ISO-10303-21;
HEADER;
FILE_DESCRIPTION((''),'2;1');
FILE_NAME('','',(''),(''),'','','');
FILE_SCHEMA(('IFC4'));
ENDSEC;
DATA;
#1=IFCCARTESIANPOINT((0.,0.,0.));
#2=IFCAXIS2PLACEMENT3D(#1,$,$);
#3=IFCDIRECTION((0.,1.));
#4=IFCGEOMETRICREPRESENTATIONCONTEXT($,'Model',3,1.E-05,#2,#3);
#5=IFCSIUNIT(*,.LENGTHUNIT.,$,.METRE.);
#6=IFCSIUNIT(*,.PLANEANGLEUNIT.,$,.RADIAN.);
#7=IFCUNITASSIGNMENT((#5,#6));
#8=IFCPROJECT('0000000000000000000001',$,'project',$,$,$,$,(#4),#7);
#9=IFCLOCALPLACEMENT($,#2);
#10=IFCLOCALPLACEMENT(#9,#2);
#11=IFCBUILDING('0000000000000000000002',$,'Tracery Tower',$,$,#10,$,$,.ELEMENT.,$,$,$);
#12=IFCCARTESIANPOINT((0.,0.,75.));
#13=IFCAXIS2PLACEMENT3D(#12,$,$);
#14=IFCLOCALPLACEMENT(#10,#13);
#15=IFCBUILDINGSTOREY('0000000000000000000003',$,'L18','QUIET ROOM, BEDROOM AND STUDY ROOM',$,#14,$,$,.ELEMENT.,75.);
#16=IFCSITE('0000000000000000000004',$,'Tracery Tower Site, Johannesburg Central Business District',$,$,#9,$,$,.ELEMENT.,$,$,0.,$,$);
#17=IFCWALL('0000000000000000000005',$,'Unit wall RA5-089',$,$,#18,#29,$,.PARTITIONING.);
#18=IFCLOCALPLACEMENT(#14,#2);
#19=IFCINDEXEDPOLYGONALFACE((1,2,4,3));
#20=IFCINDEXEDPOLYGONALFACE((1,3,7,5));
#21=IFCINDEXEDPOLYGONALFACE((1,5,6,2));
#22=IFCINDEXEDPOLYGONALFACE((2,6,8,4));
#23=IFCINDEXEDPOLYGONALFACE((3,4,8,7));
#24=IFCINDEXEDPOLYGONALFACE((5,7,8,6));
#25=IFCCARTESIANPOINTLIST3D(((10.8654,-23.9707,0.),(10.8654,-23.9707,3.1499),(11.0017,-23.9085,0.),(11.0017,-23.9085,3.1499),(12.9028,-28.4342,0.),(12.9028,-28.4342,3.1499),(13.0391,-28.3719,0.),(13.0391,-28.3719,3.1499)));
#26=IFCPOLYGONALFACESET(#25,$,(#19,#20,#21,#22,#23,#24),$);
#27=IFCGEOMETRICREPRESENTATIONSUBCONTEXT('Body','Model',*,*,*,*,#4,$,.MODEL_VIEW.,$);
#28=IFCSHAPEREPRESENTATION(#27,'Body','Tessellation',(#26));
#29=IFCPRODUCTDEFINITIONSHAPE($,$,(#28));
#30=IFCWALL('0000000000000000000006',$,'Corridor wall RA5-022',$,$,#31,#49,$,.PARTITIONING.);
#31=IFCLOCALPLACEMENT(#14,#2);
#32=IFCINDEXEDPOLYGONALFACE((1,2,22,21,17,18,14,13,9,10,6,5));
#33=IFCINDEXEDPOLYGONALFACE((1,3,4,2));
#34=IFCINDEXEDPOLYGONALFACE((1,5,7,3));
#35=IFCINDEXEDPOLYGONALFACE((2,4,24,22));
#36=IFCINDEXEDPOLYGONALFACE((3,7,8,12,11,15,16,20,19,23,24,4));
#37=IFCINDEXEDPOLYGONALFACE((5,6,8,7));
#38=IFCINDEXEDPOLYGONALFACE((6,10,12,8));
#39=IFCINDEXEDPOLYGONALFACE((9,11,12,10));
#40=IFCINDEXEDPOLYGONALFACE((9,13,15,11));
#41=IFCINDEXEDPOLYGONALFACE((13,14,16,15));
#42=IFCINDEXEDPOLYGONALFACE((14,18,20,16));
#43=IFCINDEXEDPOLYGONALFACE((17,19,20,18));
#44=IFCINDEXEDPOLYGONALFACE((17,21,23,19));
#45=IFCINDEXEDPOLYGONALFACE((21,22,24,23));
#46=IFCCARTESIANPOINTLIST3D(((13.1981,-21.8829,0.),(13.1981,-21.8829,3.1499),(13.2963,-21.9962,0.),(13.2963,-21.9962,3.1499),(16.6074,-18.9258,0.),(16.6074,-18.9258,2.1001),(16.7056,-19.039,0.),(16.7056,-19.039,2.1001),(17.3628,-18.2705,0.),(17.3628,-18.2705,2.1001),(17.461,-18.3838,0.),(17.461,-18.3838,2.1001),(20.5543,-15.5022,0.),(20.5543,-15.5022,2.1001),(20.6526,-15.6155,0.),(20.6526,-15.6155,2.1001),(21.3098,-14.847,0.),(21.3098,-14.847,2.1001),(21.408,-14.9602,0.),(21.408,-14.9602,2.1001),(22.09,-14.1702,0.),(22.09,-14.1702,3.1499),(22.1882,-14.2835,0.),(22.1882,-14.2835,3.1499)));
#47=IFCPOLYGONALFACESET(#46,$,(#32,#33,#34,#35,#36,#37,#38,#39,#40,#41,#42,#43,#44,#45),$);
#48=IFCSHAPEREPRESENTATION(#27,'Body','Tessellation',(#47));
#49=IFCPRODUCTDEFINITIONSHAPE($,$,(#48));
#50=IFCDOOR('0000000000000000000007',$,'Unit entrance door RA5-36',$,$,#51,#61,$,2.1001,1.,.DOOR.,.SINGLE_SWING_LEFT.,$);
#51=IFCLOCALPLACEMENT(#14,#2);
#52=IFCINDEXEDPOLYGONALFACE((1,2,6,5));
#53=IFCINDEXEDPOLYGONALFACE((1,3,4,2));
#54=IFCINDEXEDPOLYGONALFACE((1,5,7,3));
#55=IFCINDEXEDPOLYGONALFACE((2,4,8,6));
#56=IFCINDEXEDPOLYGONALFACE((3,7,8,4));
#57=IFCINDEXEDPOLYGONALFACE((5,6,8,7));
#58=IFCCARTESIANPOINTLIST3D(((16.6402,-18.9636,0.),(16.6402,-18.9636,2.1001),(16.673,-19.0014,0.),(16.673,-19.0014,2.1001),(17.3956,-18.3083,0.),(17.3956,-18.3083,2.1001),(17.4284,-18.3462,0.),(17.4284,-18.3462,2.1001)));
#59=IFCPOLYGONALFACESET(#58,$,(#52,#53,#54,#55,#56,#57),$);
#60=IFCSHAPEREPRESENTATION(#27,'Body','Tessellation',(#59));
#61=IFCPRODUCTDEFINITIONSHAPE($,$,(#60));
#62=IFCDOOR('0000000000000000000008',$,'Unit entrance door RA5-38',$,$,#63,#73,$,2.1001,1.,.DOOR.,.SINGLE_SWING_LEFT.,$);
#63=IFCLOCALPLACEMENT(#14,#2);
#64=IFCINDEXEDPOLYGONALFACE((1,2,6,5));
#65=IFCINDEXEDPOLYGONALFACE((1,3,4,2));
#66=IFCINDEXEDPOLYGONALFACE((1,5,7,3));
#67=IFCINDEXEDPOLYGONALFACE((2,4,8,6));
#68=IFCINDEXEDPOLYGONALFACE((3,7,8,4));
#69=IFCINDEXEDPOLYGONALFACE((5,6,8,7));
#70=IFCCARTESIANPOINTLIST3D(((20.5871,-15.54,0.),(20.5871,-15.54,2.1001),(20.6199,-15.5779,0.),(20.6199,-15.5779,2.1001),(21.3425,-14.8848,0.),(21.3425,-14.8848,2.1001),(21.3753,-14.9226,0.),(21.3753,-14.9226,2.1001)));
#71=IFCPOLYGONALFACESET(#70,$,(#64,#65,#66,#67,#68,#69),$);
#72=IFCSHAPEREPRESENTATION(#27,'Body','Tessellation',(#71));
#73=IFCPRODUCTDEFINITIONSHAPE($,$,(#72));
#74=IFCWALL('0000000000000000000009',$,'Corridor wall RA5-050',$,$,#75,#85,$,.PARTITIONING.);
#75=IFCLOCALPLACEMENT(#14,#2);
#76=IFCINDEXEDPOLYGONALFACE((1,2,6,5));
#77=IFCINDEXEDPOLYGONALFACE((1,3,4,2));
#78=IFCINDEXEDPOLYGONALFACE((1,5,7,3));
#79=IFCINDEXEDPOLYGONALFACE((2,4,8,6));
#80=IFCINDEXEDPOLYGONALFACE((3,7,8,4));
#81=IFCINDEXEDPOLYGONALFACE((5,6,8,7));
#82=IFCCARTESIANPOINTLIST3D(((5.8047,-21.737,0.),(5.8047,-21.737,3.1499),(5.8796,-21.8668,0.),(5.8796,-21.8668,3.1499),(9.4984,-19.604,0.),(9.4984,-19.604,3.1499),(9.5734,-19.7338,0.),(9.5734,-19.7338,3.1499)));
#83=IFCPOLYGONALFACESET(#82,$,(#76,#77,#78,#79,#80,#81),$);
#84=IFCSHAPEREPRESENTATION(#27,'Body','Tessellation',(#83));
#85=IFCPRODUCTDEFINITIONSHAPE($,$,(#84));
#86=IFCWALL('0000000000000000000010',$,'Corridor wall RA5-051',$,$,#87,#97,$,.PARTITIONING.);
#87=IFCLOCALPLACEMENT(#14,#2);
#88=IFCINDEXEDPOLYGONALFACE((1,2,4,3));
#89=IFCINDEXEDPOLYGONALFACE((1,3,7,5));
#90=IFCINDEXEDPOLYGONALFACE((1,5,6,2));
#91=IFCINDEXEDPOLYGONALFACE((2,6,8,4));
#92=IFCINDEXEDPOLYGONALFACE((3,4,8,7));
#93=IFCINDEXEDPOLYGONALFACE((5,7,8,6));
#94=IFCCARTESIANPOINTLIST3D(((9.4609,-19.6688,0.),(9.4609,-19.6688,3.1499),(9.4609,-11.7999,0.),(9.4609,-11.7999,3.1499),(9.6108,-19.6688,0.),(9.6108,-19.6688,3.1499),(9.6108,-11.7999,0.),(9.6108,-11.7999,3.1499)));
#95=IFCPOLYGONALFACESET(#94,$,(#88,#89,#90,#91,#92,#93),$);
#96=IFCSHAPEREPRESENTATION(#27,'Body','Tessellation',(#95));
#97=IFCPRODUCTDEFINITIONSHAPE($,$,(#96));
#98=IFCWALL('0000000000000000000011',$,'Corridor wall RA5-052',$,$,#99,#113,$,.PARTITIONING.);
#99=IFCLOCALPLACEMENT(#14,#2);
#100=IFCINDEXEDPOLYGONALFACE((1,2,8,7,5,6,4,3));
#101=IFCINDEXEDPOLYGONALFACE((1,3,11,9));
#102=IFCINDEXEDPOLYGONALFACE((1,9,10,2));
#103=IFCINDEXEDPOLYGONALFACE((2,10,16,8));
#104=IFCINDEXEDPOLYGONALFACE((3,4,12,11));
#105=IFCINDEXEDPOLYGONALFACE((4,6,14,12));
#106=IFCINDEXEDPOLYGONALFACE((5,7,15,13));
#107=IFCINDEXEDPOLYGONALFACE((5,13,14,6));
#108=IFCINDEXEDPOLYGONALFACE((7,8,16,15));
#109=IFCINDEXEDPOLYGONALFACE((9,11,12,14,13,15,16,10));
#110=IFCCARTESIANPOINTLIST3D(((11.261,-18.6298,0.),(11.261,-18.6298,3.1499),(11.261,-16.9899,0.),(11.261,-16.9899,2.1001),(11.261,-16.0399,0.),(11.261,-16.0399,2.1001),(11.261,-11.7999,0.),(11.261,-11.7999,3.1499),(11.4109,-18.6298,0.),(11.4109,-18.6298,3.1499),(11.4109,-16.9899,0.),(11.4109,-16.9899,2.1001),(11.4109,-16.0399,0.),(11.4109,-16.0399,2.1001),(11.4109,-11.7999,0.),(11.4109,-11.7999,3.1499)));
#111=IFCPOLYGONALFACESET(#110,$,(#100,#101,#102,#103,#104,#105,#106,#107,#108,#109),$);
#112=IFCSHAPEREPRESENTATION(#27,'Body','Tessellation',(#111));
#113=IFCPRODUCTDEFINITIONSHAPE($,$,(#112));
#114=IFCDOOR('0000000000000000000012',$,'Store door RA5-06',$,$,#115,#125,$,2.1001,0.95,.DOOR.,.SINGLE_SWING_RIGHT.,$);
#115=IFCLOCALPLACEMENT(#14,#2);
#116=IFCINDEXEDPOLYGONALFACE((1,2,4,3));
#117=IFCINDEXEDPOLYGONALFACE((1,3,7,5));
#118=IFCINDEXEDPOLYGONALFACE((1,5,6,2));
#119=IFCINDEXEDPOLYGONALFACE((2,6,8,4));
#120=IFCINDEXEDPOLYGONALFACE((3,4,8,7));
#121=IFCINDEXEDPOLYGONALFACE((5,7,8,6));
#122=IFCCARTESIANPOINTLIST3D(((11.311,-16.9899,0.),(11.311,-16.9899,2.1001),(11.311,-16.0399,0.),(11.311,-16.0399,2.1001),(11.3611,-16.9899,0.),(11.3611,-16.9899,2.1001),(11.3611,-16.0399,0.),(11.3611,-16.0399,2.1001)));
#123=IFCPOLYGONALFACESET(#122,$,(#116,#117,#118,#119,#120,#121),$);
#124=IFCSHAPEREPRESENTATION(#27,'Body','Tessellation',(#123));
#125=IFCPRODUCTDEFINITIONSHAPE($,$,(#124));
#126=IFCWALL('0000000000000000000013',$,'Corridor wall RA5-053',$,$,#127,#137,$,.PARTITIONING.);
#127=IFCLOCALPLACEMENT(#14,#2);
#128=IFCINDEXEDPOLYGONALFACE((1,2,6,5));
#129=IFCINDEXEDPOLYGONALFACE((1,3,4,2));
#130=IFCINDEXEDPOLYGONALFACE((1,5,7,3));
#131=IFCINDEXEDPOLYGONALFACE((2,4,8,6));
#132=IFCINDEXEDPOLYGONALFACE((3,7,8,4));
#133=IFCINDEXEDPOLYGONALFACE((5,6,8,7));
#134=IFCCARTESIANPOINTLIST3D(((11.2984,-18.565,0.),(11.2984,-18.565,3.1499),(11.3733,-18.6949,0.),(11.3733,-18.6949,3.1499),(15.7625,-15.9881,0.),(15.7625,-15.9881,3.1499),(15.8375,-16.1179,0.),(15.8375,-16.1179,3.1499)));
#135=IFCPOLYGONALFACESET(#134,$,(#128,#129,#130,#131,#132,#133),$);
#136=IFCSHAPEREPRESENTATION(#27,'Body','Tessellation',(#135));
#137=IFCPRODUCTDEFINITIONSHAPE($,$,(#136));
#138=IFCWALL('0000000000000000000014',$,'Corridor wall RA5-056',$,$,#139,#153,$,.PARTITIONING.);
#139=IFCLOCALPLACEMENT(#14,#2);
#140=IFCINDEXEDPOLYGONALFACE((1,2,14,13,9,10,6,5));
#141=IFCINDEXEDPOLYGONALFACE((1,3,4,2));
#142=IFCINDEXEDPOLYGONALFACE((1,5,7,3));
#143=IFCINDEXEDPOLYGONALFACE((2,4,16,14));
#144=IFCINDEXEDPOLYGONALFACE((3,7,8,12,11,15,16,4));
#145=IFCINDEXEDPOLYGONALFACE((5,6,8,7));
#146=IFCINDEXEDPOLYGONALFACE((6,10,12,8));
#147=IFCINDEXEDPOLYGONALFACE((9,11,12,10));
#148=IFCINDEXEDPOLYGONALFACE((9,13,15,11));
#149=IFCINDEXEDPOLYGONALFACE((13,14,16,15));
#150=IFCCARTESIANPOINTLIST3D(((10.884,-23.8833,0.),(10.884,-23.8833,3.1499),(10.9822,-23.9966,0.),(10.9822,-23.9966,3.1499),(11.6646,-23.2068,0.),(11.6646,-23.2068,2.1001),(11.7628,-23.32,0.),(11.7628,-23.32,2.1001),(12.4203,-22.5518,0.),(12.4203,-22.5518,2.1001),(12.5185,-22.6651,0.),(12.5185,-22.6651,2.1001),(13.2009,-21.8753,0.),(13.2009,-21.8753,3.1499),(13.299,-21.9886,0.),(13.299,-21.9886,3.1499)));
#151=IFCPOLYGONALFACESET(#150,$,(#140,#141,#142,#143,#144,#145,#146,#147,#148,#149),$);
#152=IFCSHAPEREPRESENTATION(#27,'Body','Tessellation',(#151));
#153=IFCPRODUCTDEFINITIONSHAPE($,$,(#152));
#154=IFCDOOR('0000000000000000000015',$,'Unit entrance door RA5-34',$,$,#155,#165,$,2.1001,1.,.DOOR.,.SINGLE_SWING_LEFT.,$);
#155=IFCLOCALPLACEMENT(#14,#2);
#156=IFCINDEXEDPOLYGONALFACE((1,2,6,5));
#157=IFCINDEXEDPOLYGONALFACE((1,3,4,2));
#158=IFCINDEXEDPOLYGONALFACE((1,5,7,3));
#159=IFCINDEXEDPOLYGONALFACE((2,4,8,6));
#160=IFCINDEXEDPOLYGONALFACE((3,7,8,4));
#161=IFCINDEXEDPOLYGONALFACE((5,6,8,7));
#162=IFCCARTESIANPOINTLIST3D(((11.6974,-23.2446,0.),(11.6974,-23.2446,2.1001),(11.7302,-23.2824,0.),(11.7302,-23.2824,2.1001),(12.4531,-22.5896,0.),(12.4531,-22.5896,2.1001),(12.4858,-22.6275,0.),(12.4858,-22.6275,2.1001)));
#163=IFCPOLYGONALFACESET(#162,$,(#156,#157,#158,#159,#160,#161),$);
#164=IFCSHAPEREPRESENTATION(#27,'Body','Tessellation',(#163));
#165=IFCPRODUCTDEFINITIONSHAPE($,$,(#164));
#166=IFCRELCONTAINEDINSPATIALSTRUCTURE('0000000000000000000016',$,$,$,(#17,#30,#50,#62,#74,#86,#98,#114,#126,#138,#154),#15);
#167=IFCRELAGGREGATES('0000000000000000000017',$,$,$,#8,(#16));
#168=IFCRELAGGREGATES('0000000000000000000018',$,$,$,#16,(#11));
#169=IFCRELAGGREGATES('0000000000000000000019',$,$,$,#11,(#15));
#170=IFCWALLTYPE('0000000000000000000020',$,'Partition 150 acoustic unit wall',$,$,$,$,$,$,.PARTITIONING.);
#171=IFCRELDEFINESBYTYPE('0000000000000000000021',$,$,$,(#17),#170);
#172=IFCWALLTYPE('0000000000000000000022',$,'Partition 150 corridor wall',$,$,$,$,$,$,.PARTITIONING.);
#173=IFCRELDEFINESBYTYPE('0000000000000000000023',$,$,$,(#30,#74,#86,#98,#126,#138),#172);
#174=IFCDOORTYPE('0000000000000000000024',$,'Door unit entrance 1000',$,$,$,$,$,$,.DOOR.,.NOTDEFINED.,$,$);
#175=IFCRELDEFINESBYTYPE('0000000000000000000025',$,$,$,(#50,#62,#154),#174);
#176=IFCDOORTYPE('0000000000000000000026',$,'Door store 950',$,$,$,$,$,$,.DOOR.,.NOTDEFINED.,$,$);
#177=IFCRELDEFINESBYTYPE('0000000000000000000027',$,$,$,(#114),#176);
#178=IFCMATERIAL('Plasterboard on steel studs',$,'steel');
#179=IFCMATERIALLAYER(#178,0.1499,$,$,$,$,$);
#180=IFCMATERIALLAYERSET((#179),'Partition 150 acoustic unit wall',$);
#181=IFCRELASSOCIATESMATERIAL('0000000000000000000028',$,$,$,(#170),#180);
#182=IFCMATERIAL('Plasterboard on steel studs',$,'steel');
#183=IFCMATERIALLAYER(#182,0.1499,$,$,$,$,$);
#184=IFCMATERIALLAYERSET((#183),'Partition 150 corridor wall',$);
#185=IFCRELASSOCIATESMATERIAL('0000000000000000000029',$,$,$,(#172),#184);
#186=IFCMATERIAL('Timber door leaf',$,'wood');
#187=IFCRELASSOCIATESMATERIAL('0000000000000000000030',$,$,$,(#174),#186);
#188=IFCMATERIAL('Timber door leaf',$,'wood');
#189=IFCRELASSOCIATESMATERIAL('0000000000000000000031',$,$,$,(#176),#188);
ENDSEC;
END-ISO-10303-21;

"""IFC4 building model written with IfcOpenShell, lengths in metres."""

from ifc_helpers import new_model, si_unit, direction, frame, frame_2d, origin, place, context, subcontext, project, spatial, rectangle, extrude, material, layer, layer_set, type_object, element, fill, save


model = new_model("IFC4")

# Units and contexts
model_context = context("Model", 3, precision=1e-05, world=origin(), true_north=direction((0.0, 1.0)))
body_context = subcontext(model_context, "Body", "Model", "MODEL_VIEW")
ifc_project = project(units=[si_unit("LENGTHUNIT", "METRE"), si_unit("PLANEANGLEUNIT", "RADIAN")], contexts=[model_context])

# Site, building, storey
site_placement = place(None, origin())
site = spatial("IfcSite", under=ifc_project, at=site_placement, Name="Tracery Tower Site, Johannesburg Central Business District", CompositionType="ELEMENT", RefElevation=0.0)
building_placement = place(site_placement, origin())
building = spatial("IfcBuilding", under=site, at=building_placement, Name="Tracery Tower", CompositionType="ELEMENT")
storey_placement = place(building_placement, frame((0.0, 0.0, 75.0)))
storey = spatial("IfcBuildingStorey", under=building, at=storey_placement, Name="L18", Description="QUIET ROOM, BEDROOM AND STUDY ROOM", CompositionType="ELEMENT", Elevation=75.0)

# Wall
ifc_material_1 = material(Name="Plasterboard on steel studs", Category="steel")
ifc_layer_1 = layer(ifc_material_1, 0.1499)
ifc_layer_set_1 = layer_set([ifc_layer_1], Name="Partition 150 acoustic unit wall")
wall_type_1 = type_object("IfcWallType", Name="Partition 150 acoustic unit wall", PredefinedType="PARTITIONING", material=ifc_layer_set_1)
wall_1_placement = place(storey_placement, frame((10.9336, -23.9397, 0.0), z_axis=(0.0, 0.0, 1.0), x_axis=(0.415246, -0.909709, 0.0)))
element("IfcWall", 1, at=wall_1_placement, inside=storey, type_object=wall_type_1, Name="Unit wall RA5-089", PredefinedType="PARTITIONING", context=body_context, shape_type="SweptSolid", body=[
    extrude(rectangle(XDim=4.9065, YDim=0.1499, at=frame_2d((2.4531, 0.0))), origin(), (0.0, 0.0, 1.0), 3.1499),
])

# Wall, openings, doors
ifc_material_2 = material(Name="Plasterboard on steel studs", Category="steel")
ifc_layer_2 = layer(ifc_material_2, 0.1499)
ifc_layer_set_2 = layer_set([ifc_layer_2], Name="Partition 150 corridor wall")
wall_type_2 = type_object("IfcWallType", Name="Partition 150 corridor wall", PredefinedType="PARTITIONING", material=ifc_layer_set_2)
wall_2_placement = place(storey_placement, frame((13.2473, -21.9395, 0.0), z_axis=(0.0, 0.0, 1.0), x_axis=(0.755421, 0.65524, 0.0)))
wall_2 = element("IfcWall", 2, at=wall_2_placement, inside=storey, type_object=wall_type_2, Name="Corridor wall RA5-022", PredefinedType="PARTITIONING", context=body_context, shape_type="SweptSolid", body=[
    extrude(rectangle(XDim=11.7708, YDim=0.1499, at=frame_2d((5.8853, 0.0))), origin(), (0.0, 0.0, 1.0), 3.1499),
])
opening_1_placement = place(wall_2_placement, frame((4.5129, 0.0, 0.0)))
opening_1 = element("IfcOpeningElement", 3, at=opening_1_placement, cuts=wall_2, PredefinedType="OPENING", context=body_context, shape_type="SweptSolid", body=[
    extrude(rectangle(XDim=1.0, YDim=2.1001, at=frame_2d((0.5, 1.05))), frame((0.0, 0.075, 0.0), z_axis=(0.0, -1.0, 0.0), x_axis=(1.0, 0.0, 0.0)), (0.0, 0.0, 1.0), 0.1499),
])
opening_2_placement = place(wall_2_placement, frame((9.7378, 0.0, 0.0)))
opening_2 = element("IfcOpeningElement", 4, at=opening_2_placement, cuts=wall_2, PredefinedType="OPENING", context=body_context, shape_type="SweptSolid", body=[
    extrude(rectangle(XDim=1.0, YDim=2.1001, at=frame_2d((0.5, 1.05))), frame((0.0, 0.075, 0.0), z_axis=(0.0, -1.0, 0.0), x_axis=(1.0, 0.0, 0.0)), (0.0, 0.0, 1.0), 0.1499),
])
ifc_material_3 = material(Name="Timber door leaf", Category="wood")
door_type_1 = type_object("IfcDoorType", Name="Door unit entrance 1000", OperationType="NOTDEFINED", PredefinedType="DOOR", material=ifc_material_3)
door_1_placement = place(opening_1_placement, origin())
door_1 = element("IfcDoor", 5, at=door_1_placement, inside=storey, type_object=door_type_1, Name="Unit entrance door RA5-36", OperationType="SINGLE_SWING_LEFT", OverallHeight=2.1001, OverallWidth=1.0, PredefinedType="DOOR", context=body_context, shape_type="SweptSolid", body=[
    extrude(rectangle(XDim=1.0, YDim=2.1001, at=frame_2d((0.5, 1.05))), frame((0.0, 0.0249, 0.0), z_axis=(0.0, -1.0, 0.0), x_axis=(1.0, 0.0, 0.0)), (0.0, 0.0, 1.0), 0.05),
])
fill(opening_1, door_1)
door_2_placement = place(opening_2_placement, origin())
door_2 = element("IfcDoor", 6, at=door_2_placement, inside=storey, type_object=door_type_1, Name="Unit entrance door RA5-38", OperationType="SINGLE_SWING_LEFT", OverallHeight=2.1001, OverallWidth=1.0, PredefinedType="DOOR", context=body_context, shape_type="SweptSolid", body=[
    extrude(rectangle(XDim=1.0, YDim=2.1001, at=frame_2d((0.5, 1.05))), frame((0.0, 0.0249, 0.0), z_axis=(0.0, -1.0, 0.0), x_axis=(1.0, 0.0, 0.0)), (0.0, 0.0, 1.0), 0.05),
])
fill(opening_2, door_2)

# Walls
wall_3_placement = place(storey_placement, frame((5.842, -21.802, 0.0), z_axis=(0.0, 0.0, 1.0), x_axis=(0.865984, 0.500073, 0.0)))
element("IfcWall", 7, at=wall_3_placement, inside=storey, type_object=wall_type_2, Name="Corridor wall RA5-050", PredefinedType="PARTITIONING", context=body_context, shape_type="SweptSolid", body=[
    extrude(rectangle(XDim=4.2654, YDim=0.1499, at=frame_2d((2.1328, 0.0))), origin(), (0.0, 0.0, 1.0), 3.1499),
])
wall_4_placement = place(storey_placement, frame((9.5359, -19.6689, 0.0), z_axis=(0.0, 0.0, 1.0), x_axis=(0.0, 1.0, 0.0)))
element("IfcWall", 8, at=wall_4_placement, inside=storey, type_object=wall_type_2, Name="Corridor wall RA5-051", PredefinedType="PARTITIONING", context=body_context, shape_type="SweptSolid", body=[
    extrude(rectangle(XDim=7.8689, YDim=0.1499, at=frame_2d((3.9346, 0.0))), origin(), (0.0, 0.0, 1.0), 3.1499),
])

# Wall, opening, door
wall_5_placement = place(storey_placement, frame((11.3359, -18.6299, 0.0), z_axis=(0.0, 0.0, 1.0), x_axis=(0.0, 1.0, 0.0)))
wall_5 = element("IfcWall", 9, at=wall_5_placement, inside=storey, type_object=wall_type_2, Name="Corridor wall RA5-052", PredefinedType="PARTITIONING", context=body_context, shape_type="SweptSolid", body=[
    extrude(rectangle(XDim=6.8298, YDim=0.1499, at=frame_2d((3.415, 0.0))), origin(), (0.0, 0.0, 1.0), 3.1499),
])
opening_3_placement = place(wall_5_placement, frame((1.6399, 0.0, 0.0)))
opening_3 = element("IfcOpeningElement", 10, at=opening_3_placement, cuts=wall_5, PredefinedType="OPENING", context=body_context, shape_type="SweptSolid", body=[
    extrude(rectangle(XDim=0.95, YDim=2.1001, at=frame_2d((0.4751, 1.05))), frame((0.0, 0.075, 0.0), z_axis=(0.0, -1.0, 0.0), x_axis=(1.0, 0.0, 0.0)), (0.0, 0.0, 1.0), 0.1499),
])
ifc_material_4 = material(Name="Timber door leaf", Category="wood")
door_type_2 = type_object("IfcDoorType", Name="Door store 950", OperationType="NOTDEFINED", PredefinedType="DOOR", material=ifc_material_4)
door_3_placement = place(opening_3_placement, origin())
door_3 = element("IfcDoor", 11, at=door_3_placement, inside=storey, type_object=door_type_2, Name="Store door RA5-06", OperationType="SINGLE_SWING_RIGHT", OverallHeight=2.1001, OverallWidth=0.95, PredefinedType="DOOR", context=body_context, shape_type="SweptSolid", body=[
    extrude(rectangle(XDim=0.95, YDim=2.1001, at=frame_2d((0.4751, 1.05))), frame((0.0, 0.0249, 0.0), z_axis=(0.0, -1.0, 0.0), x_axis=(1.0, 0.0, 0.0)), (0.0, 0.0, 1.0), 0.05),
])
fill(opening_3, door_3)

# Wall
wall_6_placement = place(storey_placement, frame((11.3359, -18.6299, 0.0), z_axis=(0.0, 0.0, 1.0), x_axis=(0.866063, 0.499934, 0.0)))
element("IfcWall", 12, at=wall_6_placement, inside=storey, type_object=wall_type_2, Name="Corridor wall RA5-053", PredefinedType="PARTITIONING", context=body_context, shape_type="SweptSolid", body=[
    extrude(rectangle(XDim=5.1545, YDim=0.1499, at=frame_2d((2.5771, 0.0))), origin(), (0.0, 0.0, 1.0), 3.1499),
])

# Wall, opening, door
wall_7_placement = place(storey_placement, frame((10.9331, -23.9399, 0.0), z_axis=(0.0, 0.0, 1.0), x_axis=(0.755676, 0.654946, 0.0)))
wall_7 = element("IfcWall", 13, at=wall_7_placement, inside=storey, type_object=wall_type_2, Name="Corridor wall RA5-056", PredefinedType="PARTITIONING", context=body_context, shape_type="SweptSolid", body=[
    extrude(rectangle(XDim=3.0659, YDim=0.1499, at=frame_2d((1.533, 0.0))), origin(), (0.0, 0.0, 1.0), 3.1499),
])
opening_4_placement = place(wall_7_placement, frame((1.033, 0.0, 0.0)))
opening_4 = element("IfcOpeningElement", 14, at=opening_4_placement, cuts=wall_7, PredefinedType="OPENING", context=body_context, shape_type="SweptSolid", body=[
    extrude(rectangle(XDim=1.0, YDim=2.1001, at=frame_2d((0.5, 1.05))), frame((0.0, 0.075, 0.0), z_axis=(0.0, -1.0, 0.0), x_axis=(1.0, 0.0, 0.0)), (0.0, 0.0, 1.0), 0.1499),
])
door_4_placement = place(opening_4_placement, origin())
door_4 = element("IfcDoor", 15, at=door_4_placement, inside=storey, type_object=door_type_1, Name="Unit entrance door RA5-34", OperationType="SINGLE_SWING_LEFT", OverallHeight=2.1001, OverallWidth=1.0, PredefinedType="DOOR", context=body_context, shape_type="SweptSolid", body=[
    extrude(rectangle(XDim=1.0, YDim=2.1001, at=frame_2d((0.5, 1.05))), frame((0.0, 0.0249, 0.0), z_axis=(0.0, -1.0, 0.0), x_axis=(1.0, 0.0, 0.0)), (0.0, 0.0, 1.0), 0.05),
])
fill(opening_4, door_4)

save(model, "model.ifc")
